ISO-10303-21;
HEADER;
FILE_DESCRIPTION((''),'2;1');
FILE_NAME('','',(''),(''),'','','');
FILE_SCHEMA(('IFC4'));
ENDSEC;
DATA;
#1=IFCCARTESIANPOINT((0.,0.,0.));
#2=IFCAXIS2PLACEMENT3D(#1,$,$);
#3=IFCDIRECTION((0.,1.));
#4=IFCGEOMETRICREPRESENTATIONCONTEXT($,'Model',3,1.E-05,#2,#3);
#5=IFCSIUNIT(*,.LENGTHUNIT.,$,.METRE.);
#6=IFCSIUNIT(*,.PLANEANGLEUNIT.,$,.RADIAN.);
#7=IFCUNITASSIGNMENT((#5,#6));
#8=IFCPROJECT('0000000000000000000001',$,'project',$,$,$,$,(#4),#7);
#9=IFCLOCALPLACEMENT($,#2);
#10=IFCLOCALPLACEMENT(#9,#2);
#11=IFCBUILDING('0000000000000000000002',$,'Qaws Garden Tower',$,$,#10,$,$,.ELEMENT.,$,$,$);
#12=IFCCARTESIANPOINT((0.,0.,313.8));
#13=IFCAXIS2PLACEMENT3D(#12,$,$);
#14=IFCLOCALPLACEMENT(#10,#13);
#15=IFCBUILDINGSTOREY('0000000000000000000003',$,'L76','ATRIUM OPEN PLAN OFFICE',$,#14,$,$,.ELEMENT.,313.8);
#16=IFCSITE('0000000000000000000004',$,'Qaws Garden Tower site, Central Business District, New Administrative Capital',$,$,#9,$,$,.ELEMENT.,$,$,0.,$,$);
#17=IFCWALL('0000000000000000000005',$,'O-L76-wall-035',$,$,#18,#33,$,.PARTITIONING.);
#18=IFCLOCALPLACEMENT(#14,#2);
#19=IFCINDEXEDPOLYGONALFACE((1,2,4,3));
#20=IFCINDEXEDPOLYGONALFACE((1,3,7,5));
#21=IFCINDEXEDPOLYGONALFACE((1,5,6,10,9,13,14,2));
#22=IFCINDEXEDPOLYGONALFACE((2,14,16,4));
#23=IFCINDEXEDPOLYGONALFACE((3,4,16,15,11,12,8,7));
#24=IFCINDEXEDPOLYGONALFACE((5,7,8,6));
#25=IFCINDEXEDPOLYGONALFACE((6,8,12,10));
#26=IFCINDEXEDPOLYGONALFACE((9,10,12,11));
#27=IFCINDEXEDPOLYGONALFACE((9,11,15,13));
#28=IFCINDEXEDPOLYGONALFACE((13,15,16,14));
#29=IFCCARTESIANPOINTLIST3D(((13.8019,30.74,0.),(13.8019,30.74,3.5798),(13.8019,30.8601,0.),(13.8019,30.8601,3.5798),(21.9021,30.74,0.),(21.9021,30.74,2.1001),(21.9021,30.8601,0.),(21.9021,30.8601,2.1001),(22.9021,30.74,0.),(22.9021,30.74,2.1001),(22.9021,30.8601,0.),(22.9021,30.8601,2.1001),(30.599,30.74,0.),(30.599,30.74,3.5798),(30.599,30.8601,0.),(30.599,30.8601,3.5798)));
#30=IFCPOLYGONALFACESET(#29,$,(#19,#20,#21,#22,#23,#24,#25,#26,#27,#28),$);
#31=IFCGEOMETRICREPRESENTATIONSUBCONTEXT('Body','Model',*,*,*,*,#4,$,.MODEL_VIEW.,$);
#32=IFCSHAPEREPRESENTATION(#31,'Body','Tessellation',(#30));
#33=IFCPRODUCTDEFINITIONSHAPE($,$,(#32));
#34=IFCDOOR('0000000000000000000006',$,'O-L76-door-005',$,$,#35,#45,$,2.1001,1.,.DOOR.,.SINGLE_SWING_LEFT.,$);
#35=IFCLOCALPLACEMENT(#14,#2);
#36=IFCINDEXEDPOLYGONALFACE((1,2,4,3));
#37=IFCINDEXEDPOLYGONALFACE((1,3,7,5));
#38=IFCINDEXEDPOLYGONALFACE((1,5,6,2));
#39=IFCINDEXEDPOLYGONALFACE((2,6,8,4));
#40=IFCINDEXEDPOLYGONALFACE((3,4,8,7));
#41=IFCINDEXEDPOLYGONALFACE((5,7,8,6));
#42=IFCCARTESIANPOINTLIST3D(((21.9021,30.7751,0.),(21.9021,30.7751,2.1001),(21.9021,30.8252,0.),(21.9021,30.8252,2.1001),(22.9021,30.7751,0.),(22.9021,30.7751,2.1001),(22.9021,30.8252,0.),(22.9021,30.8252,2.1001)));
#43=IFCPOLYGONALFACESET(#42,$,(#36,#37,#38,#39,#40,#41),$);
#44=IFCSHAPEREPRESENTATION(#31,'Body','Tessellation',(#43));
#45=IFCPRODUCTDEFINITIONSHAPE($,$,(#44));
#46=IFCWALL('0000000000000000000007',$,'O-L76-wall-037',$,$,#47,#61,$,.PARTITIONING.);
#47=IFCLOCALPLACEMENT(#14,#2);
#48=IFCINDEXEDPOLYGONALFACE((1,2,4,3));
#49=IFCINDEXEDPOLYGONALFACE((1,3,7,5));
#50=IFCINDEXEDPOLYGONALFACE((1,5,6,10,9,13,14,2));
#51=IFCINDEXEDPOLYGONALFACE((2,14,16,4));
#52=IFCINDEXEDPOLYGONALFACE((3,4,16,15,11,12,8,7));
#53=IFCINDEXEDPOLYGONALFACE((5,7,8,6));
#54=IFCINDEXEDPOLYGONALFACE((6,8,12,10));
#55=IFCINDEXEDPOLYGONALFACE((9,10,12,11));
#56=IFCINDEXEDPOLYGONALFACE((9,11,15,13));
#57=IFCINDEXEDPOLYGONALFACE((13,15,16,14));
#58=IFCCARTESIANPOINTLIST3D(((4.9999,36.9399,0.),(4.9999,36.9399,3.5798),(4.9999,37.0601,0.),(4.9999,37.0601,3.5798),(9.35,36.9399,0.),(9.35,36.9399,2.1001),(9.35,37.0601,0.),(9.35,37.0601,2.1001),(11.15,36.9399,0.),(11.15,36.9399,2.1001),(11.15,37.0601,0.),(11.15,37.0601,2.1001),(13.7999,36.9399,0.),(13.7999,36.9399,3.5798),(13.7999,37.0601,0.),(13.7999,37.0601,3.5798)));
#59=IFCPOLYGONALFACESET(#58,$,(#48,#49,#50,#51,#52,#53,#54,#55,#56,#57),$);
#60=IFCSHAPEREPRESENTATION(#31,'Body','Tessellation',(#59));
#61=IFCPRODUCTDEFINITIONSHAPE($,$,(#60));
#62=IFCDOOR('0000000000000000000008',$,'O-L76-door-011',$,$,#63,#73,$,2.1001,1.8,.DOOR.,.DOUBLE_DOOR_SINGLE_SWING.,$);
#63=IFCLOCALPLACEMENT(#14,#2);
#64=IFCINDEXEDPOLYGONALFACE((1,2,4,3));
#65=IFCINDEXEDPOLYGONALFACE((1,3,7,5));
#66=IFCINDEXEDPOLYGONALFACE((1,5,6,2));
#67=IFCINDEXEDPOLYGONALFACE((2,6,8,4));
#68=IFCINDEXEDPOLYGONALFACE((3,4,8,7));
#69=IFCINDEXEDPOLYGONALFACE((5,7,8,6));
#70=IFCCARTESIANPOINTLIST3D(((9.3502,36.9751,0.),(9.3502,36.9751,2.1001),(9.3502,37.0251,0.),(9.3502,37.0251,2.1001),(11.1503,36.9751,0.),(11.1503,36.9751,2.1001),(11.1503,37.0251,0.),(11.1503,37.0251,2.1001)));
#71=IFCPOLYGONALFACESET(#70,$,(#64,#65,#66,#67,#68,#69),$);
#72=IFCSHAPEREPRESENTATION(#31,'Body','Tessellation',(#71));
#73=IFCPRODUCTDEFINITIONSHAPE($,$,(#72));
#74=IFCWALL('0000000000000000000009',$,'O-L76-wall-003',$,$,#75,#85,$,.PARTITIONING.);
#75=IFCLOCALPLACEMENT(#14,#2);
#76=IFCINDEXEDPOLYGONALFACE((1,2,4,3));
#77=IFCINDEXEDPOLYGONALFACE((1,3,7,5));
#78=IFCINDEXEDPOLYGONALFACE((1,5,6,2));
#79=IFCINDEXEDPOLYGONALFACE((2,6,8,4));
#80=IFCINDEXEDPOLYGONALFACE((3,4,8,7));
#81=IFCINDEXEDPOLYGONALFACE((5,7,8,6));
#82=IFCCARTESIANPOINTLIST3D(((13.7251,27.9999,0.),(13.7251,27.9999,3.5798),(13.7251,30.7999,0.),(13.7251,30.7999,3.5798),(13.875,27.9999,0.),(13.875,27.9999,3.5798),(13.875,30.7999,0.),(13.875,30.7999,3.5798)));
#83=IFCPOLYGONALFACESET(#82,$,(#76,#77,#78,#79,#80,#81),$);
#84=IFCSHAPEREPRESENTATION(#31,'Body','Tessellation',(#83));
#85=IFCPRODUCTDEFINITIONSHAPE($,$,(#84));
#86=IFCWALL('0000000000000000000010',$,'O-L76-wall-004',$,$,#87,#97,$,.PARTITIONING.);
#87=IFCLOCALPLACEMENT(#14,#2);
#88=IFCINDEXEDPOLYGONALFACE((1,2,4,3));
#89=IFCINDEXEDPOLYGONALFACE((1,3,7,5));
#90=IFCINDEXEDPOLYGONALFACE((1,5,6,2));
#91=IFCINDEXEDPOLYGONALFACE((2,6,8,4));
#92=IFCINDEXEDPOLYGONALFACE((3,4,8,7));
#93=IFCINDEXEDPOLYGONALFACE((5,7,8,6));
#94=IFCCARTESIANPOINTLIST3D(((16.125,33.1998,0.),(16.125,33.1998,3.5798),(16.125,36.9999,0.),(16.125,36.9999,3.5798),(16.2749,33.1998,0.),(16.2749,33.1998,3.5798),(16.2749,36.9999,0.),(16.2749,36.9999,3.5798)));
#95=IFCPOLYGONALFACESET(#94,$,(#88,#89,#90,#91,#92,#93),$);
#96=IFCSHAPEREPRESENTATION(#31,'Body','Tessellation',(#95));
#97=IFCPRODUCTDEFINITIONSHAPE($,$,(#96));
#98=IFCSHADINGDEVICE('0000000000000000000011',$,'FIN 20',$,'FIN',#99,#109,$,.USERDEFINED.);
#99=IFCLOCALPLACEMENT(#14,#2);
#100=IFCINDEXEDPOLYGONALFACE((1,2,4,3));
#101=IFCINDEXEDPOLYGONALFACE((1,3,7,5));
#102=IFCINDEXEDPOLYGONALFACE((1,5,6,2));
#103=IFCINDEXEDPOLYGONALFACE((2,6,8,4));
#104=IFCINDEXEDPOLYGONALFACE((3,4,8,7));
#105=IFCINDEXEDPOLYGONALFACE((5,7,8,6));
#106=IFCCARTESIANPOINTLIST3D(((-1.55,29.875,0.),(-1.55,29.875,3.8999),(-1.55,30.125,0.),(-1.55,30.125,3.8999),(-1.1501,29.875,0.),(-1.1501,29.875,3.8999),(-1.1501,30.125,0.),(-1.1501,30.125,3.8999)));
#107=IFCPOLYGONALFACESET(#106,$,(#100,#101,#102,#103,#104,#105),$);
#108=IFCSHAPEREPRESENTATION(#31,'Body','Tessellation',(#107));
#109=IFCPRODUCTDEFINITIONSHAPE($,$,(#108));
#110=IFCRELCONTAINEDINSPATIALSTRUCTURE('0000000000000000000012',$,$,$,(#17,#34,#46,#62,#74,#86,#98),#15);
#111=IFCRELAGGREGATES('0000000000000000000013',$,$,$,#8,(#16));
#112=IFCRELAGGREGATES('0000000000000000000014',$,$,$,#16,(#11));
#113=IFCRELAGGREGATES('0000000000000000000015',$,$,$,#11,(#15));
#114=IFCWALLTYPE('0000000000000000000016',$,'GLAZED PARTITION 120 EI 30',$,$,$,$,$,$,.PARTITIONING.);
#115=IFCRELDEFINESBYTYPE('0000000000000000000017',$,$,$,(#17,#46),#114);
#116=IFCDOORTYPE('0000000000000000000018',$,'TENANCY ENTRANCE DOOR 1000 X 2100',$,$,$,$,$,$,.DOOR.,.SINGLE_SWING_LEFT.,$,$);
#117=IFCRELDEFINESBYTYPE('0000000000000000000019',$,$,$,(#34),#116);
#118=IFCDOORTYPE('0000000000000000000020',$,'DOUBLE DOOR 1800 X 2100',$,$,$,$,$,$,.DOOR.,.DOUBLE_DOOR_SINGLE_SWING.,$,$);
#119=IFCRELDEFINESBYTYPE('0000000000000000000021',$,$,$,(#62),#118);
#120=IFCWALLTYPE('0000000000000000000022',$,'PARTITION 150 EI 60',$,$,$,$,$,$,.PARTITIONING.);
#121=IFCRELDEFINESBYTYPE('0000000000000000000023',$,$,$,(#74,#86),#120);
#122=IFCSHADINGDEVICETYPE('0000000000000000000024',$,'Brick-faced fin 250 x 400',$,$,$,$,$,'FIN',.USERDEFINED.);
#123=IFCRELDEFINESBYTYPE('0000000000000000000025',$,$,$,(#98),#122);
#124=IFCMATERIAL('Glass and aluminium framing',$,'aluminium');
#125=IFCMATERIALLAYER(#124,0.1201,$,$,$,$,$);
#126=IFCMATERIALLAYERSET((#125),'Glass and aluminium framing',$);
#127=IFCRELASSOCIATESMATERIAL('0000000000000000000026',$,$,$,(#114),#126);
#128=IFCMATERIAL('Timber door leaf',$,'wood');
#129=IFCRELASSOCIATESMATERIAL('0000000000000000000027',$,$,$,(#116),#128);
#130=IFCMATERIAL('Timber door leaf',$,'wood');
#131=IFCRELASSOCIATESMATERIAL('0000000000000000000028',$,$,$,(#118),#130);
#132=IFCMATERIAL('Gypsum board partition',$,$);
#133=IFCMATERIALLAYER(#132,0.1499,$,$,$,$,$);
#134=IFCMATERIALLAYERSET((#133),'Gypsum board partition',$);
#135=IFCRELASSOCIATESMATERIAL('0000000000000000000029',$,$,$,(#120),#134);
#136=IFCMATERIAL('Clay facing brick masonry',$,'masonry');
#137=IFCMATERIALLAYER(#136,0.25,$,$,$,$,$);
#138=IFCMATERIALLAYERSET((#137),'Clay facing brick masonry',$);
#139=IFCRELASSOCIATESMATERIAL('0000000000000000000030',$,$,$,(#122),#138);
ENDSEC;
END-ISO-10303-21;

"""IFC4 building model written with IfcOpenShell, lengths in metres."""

from ifc_helpers import new_model, si_unit, direction, frame, frame_2d, origin, origin_2d, place, context, subcontext, project, spatial, rectangle, extrude, material, layer, layer_set, type_object, element, fill, save


model = new_model("IFC4")

# Units and contexts
model_context = context("Model", 3, precision=1e-05, world=origin(), true_north=direction((0.0, 1.0)))
body_context = subcontext(model_context, "Body", "Model", "MODEL_VIEW")
ifc_project = project(units=[si_unit("LENGTHUNIT", "METRE"), si_unit("PLANEANGLEUNIT", "RADIAN")], contexts=[model_context])

# Site, building, storey
site_placement = place(None, origin())
site = spatial("IfcSite", under=ifc_project, at=site_placement, Name="Qaws Garden Tower site, Central Business District, New Administrative Capital", CompositionType="ELEMENT", RefElevation=0.0)
building_placement = place(site_placement, origin())
building = spatial("IfcBuilding", under=site, at=building_placement, Name="Qaws Garden Tower", CompositionType="ELEMENT")
storey_placement = place(building_placement, frame((0.0, 0.0, 313.8)))
storey = spatial("IfcBuildingStorey", under=building, at=storey_placement, Name="L76", Description="ATRIUM OPEN PLAN OFFICE", CompositionType="ELEMENT", Elevation=313.8)

# Shared definitions
ifc_material_1 = material(Name="Glass and aluminium framing", Category="aluminium")
ifc_layer_1 = layer(ifc_material_1, 0.1201)
ifc_layer_set_1 = layer_set([ifc_layer_1], Name="Glass and aluminium framing")
wall_type_1 = type_object("IfcWallType", Name="GLAZED PARTITION 120 EI 30", PredefinedType="PARTITIONING", material=ifc_layer_set_1)

# Walls, openings, doors
wall_1_placement = place(storey_placement, frame((13.802, 30.8, 0.0), z_axis=(0.0, 0.0, 1.0), x_axis=(1.0, 0.0, 0.0)))
wall_1 = element("IfcWall", 1, at=wall_1_placement, inside=storey, type_object=wall_type_1, Name="O-L76-wall-035", PredefinedType="PARTITIONING", context=body_context, shape_type="SweptSolid", body=[
    extrude(rectangle(XDim=16.7971, YDim=0.1201, at=frame_2d((8.3984, 0.0))), origin(), (0.0, 0.0, 1.0), 3.5798),
])
opening_1_placement = place(wall_1_placement, frame((8.1001, 0.0, 0.0)))
opening_1 = element("IfcOpeningElement", 2, at=opening_1_placement, cuts=wall_1, PredefinedType="OPENING", context=body_context, shape_type="SweptSolid", body=[
    extrude(rectangle(XDim=1.0, YDim=2.1001, at=frame_2d((0.5, 1.05))), frame((0.0, 0.0701, 0.0), z_axis=(0.0, -1.0, 0.0), x_axis=(1.0, 0.0, 0.0)), (0.0, 0.0, 1.0), 0.1401),
])
ifc_material_2 = material(Name="Timber door leaf", Category="wood")
door_type_1 = type_object("IfcDoorType", Name="TENANCY ENTRANCE DOOR 1000 X 2100", OperationType="SINGLE_SWING_LEFT", PredefinedType="DOOR", material=ifc_material_2)
door_1_placement = place(opening_1_placement, frame((1.0, 0.0, 0.0), z_axis=(0.0, 0.0, 1.0), x_axis=(-1.0, 0.0, 0.0)))
door_1 = element("IfcDoor", 3, at=door_1_placement, inside=storey, type_object=door_type_1, Name="O-L76-door-005", OperationType="SINGLE_SWING_LEFT", OverallHeight=2.1001, OverallWidth=1.0, PredefinedType="DOOR", context=body_context, shape_type="SweptSolid", body=[
    extrude(rectangle(XDim=1.0, YDim=2.1001, at=frame_2d((0.5, 1.05))), frame((0.0, 0.0249, 0.0), z_axis=(0.0, -1.0, 0.0), x_axis=(1.0, 0.0, 0.0)), (0.0, 0.0, 1.0), 0.05),
])
fill(opening_1, door_1)
wall_2_placement = place(storey_placement, frame((5.0, 37.0, 0.0), z_axis=(0.0, 0.0, 1.0), x_axis=(1.0, 0.0, 0.0)))
wall_2 = element("IfcWall", 4, at=wall_2_placement, inside=storey, type_object=wall_type_1, Name="O-L76-wall-037", PredefinedType="PARTITIONING", context=body_context, shape_type="SweptSolid", body=[
    extrude(rectangle(XDim=8.8, YDim=0.1201, at=frame_2d((4.3999, 0.0))), origin(), (0.0, 0.0, 1.0), 3.5798),
])
opening_2_placement = place(wall_2_placement, frame((4.3501, 0.0, 0.0)))
opening_2 = element("IfcOpeningElement", 5, at=opening_2_placement, cuts=wall_2, PredefinedType="OPENING", context=body_context, shape_type="SweptSolid", body=[
    extrude(rectangle(XDim=1.8, YDim=2.1001, at=frame_2d((0.8999, 1.05))), frame((0.0, 0.0701, 0.0), z_axis=(0.0, -1.0, 0.0), x_axis=(1.0, 0.0, 0.0)), (0.0, 0.0, 1.0), 0.1401),
])
ifc_material_3 = material(Name="Timber door leaf", Category="wood")
door_type_2 = type_object("IfcDoorType", Name="DOUBLE DOOR 1800 X 2100", OperationType="DOUBLE_DOOR_SINGLE_SWING", PredefinedType="DOOR", material=ifc_material_3)
door_2_placement = place(opening_2_placement, frame((1.8, 0.0, 0.0), z_axis=(0.0, 0.0, 1.0), x_axis=(-1.0, 0.0, 0.0)))
door_2 = element("IfcDoor", 6, at=door_2_placement, inside=storey, type_object=door_type_2, Name="O-L76-door-011", OperationType="DOUBLE_DOOR_SINGLE_SWING", OverallHeight=2.1001, OverallWidth=1.8, PredefinedType="DOOR", context=body_context, shape_type="SweptSolid", body=[
    extrude(rectangle(XDim=1.8, YDim=2.1001, at=frame_2d((0.8999, 1.05))), frame((0.0, 0.0249, 0.0), z_axis=(0.0, -1.0, 0.0), x_axis=(1.0, 0.0, 0.0)), (0.0, 0.0, 1.0), 0.05),
])
fill(opening_2, door_2)

# Walls
ifc_material_4 = material(Name="Gypsum board partition")
ifc_layer_2 = layer(ifc_material_4, 0.1499)
ifc_layer_set_2 = layer_set([ifc_layer_2], Name="Gypsum board partition")
wall_type_2 = type_object("IfcWallType", Name="PARTITION 150 EI 60", PredefinedType="PARTITIONING", material=ifc_layer_set_2)
wall_3_placement = place(storey_placement, frame((13.8, 28.0, 0.0), z_axis=(0.0, 0.0, 1.0), x_axis=(0.0, 1.0, 0.0)))
element("IfcWall", 7, at=wall_3_placement, inside=storey, type_object=wall_type_2, Name="O-L76-wall-003", PredefinedType="PARTITIONING", context=body_context, shape_type="SweptSolid", body=[
    extrude(rectangle(XDim=2.8, YDim=0.1499, at=frame_2d((1.3999, 0.0))), origin(), (0.0, 0.0, 1.0), 3.5798),
])
wall_4_placement = place(storey_placement, frame((16.2, 33.2, 0.0), z_axis=(0.0, 0.0, 1.0), x_axis=(0.0, 1.0, 0.0)))
element("IfcWall", 8, at=wall_4_placement, inside=storey, type_object=wall_type_2, Name="O-L76-wall-004", PredefinedType="PARTITIONING", context=body_context, shape_type="SweptSolid", body=[
    extrude(rectangle(XDim=3.8, YDim=0.1499, at=frame_2d((1.8999, 0.0))), origin(), (0.0, 0.0, 1.0), 3.5798),
])

# Shading device
ifc_material_5 = material(Name="Clay facing brick masonry", Category="masonry")
ifc_layer_3 = layer(ifc_material_5, 0.25)
ifc_layer_set_3 = layer_set([ifc_layer_3], Name="Clay facing brick masonry")
shading_device_type = type_object("IfcShadingDeviceType", Name="Brick-faced fin 250 x 400", ElementType="FIN", PredefinedType="USERDEFINED", material=ifc_layer_set_3)
shading_device_placement = place(storey_placement, frame((-1.3501, 30.0, 0.0), z_axis=(0.0, 0.0, 1.0), x_axis=(0.0, -1.0, 0.0)))
element("IfcShadingDevice", 9, at=shading_device_placement, inside=storey, type_object=shading_device_type, Name="FIN 20", ObjectType="FIN", PredefinedType="USERDEFINED", context=body_context, shape_type="SweptSolid", body=[
    extrude(rectangle(XDim=0.25, YDim=0.3999, at=origin_2d()), origin(), (0.0, 0.0, 1.0), 3.8999),
])

save(model, "model.ifc")
